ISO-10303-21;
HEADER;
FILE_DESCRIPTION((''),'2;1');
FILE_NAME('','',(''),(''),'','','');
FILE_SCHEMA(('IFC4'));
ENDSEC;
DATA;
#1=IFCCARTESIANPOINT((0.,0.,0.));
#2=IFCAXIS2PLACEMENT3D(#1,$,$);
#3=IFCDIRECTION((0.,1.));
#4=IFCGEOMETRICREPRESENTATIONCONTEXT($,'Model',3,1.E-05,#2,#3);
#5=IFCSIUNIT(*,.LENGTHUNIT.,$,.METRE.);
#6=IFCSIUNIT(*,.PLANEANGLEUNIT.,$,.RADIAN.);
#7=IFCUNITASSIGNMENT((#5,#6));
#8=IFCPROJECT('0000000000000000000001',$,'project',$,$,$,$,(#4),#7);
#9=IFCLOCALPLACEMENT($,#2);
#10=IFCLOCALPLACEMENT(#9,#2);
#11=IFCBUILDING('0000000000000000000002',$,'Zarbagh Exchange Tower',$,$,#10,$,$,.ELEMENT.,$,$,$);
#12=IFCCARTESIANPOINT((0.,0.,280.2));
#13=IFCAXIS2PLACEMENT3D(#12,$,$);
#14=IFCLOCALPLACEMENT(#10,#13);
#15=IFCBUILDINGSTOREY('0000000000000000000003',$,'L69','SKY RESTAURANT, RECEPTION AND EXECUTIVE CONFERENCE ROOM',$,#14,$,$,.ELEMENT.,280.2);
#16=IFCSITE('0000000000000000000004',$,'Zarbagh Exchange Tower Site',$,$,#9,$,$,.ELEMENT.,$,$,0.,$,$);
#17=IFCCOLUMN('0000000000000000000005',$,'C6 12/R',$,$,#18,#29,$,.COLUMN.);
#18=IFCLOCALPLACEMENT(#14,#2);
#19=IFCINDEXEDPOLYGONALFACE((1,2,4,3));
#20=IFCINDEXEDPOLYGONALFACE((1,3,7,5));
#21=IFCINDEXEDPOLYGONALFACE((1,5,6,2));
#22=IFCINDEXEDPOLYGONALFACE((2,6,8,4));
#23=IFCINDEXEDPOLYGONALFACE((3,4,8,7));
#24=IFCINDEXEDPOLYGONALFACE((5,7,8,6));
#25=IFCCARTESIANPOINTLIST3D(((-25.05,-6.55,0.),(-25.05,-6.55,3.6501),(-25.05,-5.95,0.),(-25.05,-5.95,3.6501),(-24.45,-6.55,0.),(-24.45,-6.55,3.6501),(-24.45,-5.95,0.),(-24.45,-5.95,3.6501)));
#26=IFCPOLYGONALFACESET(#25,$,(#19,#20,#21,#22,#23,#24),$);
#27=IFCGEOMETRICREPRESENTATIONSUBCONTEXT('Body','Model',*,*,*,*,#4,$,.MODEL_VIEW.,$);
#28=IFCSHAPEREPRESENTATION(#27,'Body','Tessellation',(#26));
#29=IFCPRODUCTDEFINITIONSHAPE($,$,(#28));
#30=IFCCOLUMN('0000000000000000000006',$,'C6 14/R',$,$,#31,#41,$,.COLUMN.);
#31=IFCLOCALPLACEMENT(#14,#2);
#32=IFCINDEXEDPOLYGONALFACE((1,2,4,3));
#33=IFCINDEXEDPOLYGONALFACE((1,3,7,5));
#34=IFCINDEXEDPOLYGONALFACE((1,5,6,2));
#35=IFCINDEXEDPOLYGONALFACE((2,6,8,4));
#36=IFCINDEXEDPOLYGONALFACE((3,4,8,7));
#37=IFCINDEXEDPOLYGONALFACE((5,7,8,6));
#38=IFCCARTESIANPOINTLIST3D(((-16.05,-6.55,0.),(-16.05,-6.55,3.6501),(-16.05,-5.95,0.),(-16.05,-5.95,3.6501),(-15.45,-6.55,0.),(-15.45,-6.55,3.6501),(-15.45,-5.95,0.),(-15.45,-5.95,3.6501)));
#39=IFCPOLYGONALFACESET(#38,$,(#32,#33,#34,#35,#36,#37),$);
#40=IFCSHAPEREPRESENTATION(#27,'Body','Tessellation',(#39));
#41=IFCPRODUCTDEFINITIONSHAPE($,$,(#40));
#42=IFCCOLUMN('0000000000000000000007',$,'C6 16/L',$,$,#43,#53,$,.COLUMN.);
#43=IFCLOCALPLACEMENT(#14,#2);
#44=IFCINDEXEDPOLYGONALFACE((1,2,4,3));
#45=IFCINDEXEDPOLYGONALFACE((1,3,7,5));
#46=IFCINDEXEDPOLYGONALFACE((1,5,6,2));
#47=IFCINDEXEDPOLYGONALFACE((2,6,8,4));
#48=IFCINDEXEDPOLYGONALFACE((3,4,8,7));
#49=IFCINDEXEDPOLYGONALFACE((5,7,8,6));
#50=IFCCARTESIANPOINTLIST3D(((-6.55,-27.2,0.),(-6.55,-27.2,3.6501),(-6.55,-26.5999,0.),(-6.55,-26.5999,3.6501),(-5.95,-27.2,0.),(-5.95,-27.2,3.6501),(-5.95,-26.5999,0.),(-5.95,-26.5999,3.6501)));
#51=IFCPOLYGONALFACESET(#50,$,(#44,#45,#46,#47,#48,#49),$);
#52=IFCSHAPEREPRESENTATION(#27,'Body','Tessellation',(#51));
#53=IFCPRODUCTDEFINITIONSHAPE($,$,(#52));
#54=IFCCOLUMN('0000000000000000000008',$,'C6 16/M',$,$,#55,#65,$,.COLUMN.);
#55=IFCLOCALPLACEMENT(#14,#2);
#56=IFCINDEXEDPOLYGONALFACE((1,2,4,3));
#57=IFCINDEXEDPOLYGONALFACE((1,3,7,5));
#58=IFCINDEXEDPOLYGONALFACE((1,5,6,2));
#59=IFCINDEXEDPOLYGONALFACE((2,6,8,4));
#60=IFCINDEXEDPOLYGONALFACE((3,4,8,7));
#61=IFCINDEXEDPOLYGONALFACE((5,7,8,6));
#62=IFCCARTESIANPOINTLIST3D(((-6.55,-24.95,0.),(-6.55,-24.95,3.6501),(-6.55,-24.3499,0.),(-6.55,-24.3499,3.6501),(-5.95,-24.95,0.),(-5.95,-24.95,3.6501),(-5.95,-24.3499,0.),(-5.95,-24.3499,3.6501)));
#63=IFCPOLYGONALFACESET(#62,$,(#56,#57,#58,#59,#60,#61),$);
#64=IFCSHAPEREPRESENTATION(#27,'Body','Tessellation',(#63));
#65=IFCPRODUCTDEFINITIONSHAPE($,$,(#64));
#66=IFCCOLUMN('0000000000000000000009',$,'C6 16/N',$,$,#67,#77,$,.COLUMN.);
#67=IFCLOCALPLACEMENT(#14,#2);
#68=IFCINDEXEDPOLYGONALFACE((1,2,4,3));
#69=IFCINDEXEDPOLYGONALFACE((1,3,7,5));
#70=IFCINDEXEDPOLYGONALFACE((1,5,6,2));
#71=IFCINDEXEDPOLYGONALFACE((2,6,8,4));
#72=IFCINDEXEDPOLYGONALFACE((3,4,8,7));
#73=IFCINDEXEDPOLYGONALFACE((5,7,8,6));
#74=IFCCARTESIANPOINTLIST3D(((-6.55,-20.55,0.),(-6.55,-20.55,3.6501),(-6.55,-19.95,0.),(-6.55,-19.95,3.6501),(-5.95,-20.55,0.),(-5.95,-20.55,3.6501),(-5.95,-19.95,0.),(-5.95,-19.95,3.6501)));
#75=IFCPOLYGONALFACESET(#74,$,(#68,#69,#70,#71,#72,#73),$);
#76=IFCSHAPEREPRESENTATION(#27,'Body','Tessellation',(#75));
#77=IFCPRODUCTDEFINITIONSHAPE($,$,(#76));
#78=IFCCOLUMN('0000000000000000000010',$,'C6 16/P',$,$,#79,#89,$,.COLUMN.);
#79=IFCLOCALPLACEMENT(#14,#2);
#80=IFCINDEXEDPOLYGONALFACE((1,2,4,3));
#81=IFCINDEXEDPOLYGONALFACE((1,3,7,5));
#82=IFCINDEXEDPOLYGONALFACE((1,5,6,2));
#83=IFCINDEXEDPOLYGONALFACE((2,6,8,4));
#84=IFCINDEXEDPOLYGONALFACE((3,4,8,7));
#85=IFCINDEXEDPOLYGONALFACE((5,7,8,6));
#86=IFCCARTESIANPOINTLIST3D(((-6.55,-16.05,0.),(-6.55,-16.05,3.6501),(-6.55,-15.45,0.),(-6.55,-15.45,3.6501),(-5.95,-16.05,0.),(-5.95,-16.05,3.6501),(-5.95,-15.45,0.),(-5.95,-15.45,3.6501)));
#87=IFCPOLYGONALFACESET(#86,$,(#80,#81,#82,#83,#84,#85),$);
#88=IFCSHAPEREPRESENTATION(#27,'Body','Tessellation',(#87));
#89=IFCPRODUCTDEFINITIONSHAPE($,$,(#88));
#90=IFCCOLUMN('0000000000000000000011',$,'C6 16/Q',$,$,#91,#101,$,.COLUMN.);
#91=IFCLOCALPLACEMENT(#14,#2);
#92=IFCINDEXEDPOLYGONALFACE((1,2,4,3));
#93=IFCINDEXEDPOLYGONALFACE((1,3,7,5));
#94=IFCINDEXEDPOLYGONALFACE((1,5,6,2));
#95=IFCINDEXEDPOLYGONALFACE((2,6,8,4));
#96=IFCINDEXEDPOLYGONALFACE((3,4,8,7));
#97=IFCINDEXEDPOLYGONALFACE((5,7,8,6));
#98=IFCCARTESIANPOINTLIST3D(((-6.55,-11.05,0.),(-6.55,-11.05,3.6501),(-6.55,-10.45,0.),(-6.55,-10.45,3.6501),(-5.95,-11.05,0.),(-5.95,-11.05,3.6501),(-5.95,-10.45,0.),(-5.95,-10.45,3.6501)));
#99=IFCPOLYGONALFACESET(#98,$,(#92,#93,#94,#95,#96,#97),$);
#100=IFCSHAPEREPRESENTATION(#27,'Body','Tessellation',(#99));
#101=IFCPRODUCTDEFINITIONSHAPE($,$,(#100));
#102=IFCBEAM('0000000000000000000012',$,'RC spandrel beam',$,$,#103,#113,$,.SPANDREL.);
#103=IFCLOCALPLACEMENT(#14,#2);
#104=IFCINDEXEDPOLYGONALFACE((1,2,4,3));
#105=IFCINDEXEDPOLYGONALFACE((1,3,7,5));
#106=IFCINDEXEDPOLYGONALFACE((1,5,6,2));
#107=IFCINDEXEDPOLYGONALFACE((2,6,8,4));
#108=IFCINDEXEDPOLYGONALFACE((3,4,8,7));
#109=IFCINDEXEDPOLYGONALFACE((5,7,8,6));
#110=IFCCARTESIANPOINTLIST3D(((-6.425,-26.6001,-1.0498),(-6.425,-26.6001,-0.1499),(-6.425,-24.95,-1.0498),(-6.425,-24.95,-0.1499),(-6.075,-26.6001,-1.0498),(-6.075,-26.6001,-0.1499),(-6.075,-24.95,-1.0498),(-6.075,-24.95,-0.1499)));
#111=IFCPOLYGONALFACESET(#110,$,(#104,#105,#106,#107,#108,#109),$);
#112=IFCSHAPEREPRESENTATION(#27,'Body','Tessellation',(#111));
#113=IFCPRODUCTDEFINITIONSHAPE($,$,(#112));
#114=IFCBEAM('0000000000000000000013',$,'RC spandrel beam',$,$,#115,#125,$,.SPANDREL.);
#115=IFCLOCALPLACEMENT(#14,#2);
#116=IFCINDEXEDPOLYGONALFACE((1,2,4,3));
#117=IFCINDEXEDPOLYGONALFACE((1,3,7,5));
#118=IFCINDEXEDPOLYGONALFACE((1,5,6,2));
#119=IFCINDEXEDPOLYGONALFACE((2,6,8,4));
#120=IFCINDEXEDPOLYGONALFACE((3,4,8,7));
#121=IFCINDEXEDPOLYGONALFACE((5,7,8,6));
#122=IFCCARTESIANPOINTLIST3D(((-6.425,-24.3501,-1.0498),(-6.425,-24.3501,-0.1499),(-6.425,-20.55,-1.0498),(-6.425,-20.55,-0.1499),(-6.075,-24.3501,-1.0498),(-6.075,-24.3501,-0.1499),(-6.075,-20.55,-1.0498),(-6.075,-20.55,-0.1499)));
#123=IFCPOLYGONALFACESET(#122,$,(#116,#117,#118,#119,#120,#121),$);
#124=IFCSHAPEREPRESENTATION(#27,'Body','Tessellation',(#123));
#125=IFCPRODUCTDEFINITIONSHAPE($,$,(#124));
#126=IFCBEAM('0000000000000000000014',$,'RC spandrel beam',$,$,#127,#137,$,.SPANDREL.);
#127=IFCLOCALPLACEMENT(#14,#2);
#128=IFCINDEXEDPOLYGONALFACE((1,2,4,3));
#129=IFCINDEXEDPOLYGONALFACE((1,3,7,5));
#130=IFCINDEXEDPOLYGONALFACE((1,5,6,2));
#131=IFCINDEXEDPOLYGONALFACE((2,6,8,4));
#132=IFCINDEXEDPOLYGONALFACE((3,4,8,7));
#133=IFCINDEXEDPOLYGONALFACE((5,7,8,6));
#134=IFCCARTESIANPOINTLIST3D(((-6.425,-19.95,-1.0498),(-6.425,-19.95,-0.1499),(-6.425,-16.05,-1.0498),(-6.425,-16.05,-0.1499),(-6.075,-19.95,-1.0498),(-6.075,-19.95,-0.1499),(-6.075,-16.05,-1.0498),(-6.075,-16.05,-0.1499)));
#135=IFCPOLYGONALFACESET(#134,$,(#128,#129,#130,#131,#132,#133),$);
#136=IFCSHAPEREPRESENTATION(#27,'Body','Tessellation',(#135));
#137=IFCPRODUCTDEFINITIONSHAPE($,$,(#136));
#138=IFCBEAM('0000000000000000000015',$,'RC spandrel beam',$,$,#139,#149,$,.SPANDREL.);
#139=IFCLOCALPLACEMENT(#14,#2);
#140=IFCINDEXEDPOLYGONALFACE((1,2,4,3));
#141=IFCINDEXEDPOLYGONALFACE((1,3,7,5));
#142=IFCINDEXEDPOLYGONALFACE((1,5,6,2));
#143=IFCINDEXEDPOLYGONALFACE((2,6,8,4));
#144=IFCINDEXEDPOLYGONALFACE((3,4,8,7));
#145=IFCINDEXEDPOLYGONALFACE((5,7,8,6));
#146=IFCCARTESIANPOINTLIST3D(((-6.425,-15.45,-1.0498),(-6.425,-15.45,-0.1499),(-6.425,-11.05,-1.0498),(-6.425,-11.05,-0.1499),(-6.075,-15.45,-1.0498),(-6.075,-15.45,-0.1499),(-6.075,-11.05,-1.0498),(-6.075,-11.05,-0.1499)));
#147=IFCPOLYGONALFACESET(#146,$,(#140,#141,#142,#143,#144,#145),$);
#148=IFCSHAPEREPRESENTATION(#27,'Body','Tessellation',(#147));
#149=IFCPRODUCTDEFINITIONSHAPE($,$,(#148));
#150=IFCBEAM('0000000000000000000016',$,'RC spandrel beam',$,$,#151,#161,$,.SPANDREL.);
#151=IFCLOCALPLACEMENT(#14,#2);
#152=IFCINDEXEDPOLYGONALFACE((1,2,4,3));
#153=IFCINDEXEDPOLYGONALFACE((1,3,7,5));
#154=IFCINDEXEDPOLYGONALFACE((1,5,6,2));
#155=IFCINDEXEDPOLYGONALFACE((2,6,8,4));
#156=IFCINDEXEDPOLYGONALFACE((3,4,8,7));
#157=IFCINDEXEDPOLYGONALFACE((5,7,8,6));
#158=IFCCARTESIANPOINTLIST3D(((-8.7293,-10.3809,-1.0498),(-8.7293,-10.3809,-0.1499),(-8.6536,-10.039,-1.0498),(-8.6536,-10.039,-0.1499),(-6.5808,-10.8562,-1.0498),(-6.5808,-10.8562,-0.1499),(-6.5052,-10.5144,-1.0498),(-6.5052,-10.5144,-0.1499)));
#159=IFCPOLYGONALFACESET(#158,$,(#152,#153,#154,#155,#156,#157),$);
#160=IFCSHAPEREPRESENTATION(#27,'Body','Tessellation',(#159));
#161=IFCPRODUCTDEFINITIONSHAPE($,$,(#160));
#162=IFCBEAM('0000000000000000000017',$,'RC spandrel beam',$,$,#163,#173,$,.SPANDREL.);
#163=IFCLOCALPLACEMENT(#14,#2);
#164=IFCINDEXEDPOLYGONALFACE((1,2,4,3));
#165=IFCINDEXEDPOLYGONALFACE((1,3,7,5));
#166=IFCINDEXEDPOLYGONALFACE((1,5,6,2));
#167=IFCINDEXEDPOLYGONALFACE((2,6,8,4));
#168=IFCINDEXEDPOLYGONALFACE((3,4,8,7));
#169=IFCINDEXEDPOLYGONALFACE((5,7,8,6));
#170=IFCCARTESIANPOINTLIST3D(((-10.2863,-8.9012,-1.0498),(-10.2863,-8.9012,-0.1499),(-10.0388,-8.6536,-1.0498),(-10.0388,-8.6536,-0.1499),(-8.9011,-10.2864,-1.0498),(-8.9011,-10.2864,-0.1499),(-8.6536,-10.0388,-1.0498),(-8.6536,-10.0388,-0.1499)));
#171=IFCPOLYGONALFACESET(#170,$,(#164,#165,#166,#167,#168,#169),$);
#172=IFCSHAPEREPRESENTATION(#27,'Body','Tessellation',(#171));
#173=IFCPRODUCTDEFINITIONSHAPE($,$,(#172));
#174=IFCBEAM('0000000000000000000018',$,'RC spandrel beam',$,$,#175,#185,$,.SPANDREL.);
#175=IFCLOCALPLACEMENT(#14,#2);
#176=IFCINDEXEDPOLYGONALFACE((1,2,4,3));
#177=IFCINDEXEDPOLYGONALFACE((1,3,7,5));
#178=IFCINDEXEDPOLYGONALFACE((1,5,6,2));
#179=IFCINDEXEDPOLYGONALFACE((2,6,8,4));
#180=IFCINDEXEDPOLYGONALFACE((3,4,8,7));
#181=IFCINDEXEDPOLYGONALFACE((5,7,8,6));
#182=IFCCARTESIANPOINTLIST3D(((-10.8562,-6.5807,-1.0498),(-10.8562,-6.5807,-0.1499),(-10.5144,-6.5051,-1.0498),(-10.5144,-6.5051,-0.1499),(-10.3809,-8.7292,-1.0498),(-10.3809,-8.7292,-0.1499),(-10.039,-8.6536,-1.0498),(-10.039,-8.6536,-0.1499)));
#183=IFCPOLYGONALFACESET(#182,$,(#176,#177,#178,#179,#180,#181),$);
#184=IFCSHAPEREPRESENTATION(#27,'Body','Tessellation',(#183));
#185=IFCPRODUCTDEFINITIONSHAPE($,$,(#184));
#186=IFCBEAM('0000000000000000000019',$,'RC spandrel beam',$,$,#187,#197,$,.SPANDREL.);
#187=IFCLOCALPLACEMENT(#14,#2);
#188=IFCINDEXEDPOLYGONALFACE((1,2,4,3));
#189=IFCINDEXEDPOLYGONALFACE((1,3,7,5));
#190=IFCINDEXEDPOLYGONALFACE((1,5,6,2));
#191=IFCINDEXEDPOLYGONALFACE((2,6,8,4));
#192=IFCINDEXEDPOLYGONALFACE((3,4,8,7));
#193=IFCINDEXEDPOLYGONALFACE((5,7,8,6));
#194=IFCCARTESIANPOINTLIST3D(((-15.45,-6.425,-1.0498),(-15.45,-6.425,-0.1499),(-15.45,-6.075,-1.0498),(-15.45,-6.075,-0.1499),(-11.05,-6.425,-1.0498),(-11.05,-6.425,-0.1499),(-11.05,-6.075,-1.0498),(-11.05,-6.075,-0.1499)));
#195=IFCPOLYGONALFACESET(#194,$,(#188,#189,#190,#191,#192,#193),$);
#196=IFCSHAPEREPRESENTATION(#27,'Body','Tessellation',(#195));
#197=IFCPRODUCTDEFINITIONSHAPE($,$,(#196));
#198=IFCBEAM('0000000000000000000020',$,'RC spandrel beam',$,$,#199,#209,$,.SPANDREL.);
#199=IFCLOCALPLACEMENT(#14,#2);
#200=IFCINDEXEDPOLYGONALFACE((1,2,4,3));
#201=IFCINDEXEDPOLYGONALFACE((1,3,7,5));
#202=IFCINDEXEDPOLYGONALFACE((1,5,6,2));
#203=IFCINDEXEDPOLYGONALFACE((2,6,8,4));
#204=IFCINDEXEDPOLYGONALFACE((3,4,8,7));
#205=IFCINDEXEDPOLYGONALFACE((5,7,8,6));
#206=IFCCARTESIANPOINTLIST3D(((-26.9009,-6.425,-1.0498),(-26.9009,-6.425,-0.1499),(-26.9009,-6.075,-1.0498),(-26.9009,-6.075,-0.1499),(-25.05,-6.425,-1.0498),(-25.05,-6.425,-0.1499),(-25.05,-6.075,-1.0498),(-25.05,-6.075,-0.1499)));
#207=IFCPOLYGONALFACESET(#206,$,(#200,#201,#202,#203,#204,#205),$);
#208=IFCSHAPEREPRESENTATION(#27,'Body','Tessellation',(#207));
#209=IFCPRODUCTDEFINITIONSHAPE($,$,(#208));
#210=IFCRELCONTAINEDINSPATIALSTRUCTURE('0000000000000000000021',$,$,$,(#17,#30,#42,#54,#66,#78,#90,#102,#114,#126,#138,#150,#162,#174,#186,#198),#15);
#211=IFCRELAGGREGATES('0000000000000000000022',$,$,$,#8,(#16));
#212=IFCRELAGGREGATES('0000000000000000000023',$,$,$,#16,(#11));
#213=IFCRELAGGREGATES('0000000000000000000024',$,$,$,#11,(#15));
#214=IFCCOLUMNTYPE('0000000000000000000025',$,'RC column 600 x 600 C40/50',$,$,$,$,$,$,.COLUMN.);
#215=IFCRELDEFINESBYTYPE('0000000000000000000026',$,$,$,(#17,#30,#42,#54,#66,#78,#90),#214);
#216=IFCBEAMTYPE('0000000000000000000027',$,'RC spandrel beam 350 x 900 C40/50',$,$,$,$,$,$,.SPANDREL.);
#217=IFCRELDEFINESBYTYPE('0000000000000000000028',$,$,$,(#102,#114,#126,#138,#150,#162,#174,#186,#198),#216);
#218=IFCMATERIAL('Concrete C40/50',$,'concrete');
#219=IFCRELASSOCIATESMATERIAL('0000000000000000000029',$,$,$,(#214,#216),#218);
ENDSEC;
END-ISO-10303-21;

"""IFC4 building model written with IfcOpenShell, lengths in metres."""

from ifc_helpers import new_model, si_unit, direction, frame, origin, origin_2d, place, context, subcontext, project, spatial, rectangle, extrude, material, material_profile, profile_set, type_object, element, save


model = new_model("IFC4")

# Units and contexts
model_context = context("Model", 3, precision=1e-05, world=origin(), true_north=direction((0.0, 1.0)))
body_context = subcontext(model_context, "Body", "Model", "MODEL_VIEW")
ifc_project = project(units=[si_unit("LENGTHUNIT", "METRE"), si_unit("PLANEANGLEUNIT", "RADIAN")], contexts=[model_context])

# Site, building, storey
site_placement = place(None, origin())
site = spatial("IfcSite", under=ifc_project, at=site_placement, Name="Zarbagh Exchange Tower Site", CompositionType="ELEMENT", RefElevation=0.0)
building_placement = place(site_placement, origin())
building = spatial("IfcBuilding", under=site, at=building_placement, Name="Zarbagh Exchange Tower", CompositionType="ELEMENT")
storey_placement = place(building_placement, frame((0.0, 0.0, 280.2)))
storey = spatial("IfcBuildingStorey", under=building, at=storey_placement, Name="L69", Description="SKY RESTAURANT, RECEPTION AND EXECUTIVE CONFERENCE ROOM", CompositionType="ELEMENT", Elevation=280.2)

# Columns
ifc_material_1 = material(Name="Concrete C40/50", Category="concrete")
ifc_material_profile_1 = material_profile(ifc_material_1, rectangle(XDim=0.6001, YDim=0.6001, at=origin_2d()), Name="RC column 600 x 600 C40/50")
ifc_profile_set_1 = profile_set([ifc_material_profile_1], Name="Concrete C40/50")
column_type = type_object("IfcColumnType", Name="RC column 600 x 600 C40/50", PredefinedType="COLUMN", material=ifc_profile_set_1)
for number, where, z_axis, x_axis, name in (
    (1, (-24.75, -6.25, 0.0), (0.0, 0.0, 1.0), (1.0, 0.0, 0.0), "C6 12/R"),
    (2, (-15.75, -6.25, 0.0), (0.0, 0.0, 1.0), (1.0, 0.0, 0.0), "C6 14/R"),
    (3, (-6.25, -26.8999, 0.0), (0.0, 0.0, 1.0), (1.0, 0.0, 0.0), "C6 16/L"),
    (4, (-6.25, -24.6499, 0.0), (0.0, 0.0, 1.0), (1.0, 0.0, 0.0), "C6 16/M"),
    (5, (-6.25, -20.25, 0.0), (0.0, 0.0, 1.0), (1.0, 0.0, 0.0), "C6 16/N"),
    (6, (-6.25, -15.75, 0.0), (0.0, 0.0, 1.0), (1.0, 0.0, 0.0), "C6 16/P"),
    (7, (-6.25, -10.75, 0.0), (0.0, 0.0, 1.0), (1.0, 0.0, 0.0), "C6 16/Q"),
):
    element("IfcColumn", number, at=place(storey_placement, frame(where, z_axis=z_axis, x_axis=x_axis)), inside=storey, type_object=column_type, Name=name, PredefinedType="COLUMN", context=body_context, shape_type="SweptSolid", body=[
        extrude(rectangle(XDim=0.6001, YDim=0.6001, at=origin_2d()), origin(), (0.0, 0.0, 1.0), 3.6501),
    ])

# Beams
ifc_material_profile_2 = material_profile(ifc_material_1, rectangle(XDim=0.3501, YDim=0.8999, at=origin_2d()), Name="RC spandrel beam 350 x 900 C40/50")
ifc_profile_set_2 = profile_set([ifc_material_profile_2], Name="Concrete C40/50")
beam_type = type_object("IfcBeamType", Name="RC spandrel beam 350 x 900 C40/50", PredefinedType="SPANDREL", material=ifc_profile_set_2)
beam_1_placement = place(storey_placement, frame((-6.25, -26.6001, -0.5999), z_axis=(0.0, 1.0, 0.0), x_axis=(-1.0, 0.0, 0.0)))
element("IfcBeam", 8, at=beam_1_placement, inside=storey, type_object=beam_type, Name="RC spandrel beam", PredefinedType="SPANDREL", context=body_context, shape_type="SweptSolid", body=[
    extrude(rectangle(XDim=0.3501, YDim=0.8999, at=origin_2d()), origin(), (0.0, 0.0, 1.0), 1.6501),
])
beam_2_placement = place(storey_placement, frame((-6.25, -24.3501, -0.5999), z_axis=(0.0, 1.0, 0.0), x_axis=(-1.0, 0.0, 0.0)))
element("IfcBeam", 9, at=beam_2_placement, inside=storey, type_object=beam_type, Name="RC spandrel beam", PredefinedType="SPANDREL", context=body_context, shape_type="SweptSolid", body=[
    extrude(rectangle(XDim=0.3501, YDim=0.8999, at=origin_2d()), origin(), (0.0, 0.0, 1.0), 3.8),
])
beam_3_placement = place(storey_placement, frame((-6.25, -19.95, -0.5999), z_axis=(0.0, 1.0, 0.0), x_axis=(-1.0, 0.0, 0.0)))
element("IfcBeam", 10, at=beam_3_placement, inside=storey, type_object=beam_type, Name="RC spandrel beam", PredefinedType="SPANDREL", context=body_context, shape_type="SweptSolid", body=[
    extrude(rectangle(XDim=0.3501, YDim=0.8999, at=origin_2d()), origin(), (0.0, 0.0, 1.0), 3.8999),
])
beam_4_placement = place(storey_placement, frame((-6.25, -15.45, -0.5999), z_axis=(0.0, 1.0, 0.0), x_axis=(-1.0, 0.0, 0.0)))
element("IfcBeam", 11, at=beam_4_placement, inside=storey, type_object=beam_type, Name="RC spandrel beam", PredefinedType="SPANDREL", context=body_context, shape_type="SweptSolid", body=[
    extrude(rectangle(XDim=0.3501, YDim=0.8999, at=origin_2d()), origin(), (0.0, 0.0, 1.0), 4.3999),
])
beam_5_placement = place(storey_placement, frame((-6.543, -10.6853, -0.5999), z_axis=(-0.976388, 0.216026, 0.0), x_axis=(-0.216026, -0.976388, 0.0)))
element("IfcBeam", 12, at=beam_5_placement, inside=storey, type_object=beam_type, Name="RC spandrel beam", PredefinedType="SPANDREL", context=body_context, shape_type="SweptSolid", body=[
    extrude(rectangle(XDim=0.3501, YDim=0.8999, at=origin_2d()), origin(), (0.0, 0.0, 1.0), 2.2004),
])
beam_6_placement = place(storey_placement, frame((-8.7773, -10.1626, -0.5999), z_axis=(-0.707107, 0.707107, 0.0), x_axis=(-0.707107, -0.707107, 0.0)))
element("IfcBeam", 13, at=beam_6_placement, inside=storey, type_object=beam_type, Name="RC spandrel beam", PredefinedType="SPANDREL", context=body_context, shape_type="SweptSolid", body=[
    extrude(rectangle(XDim=0.3501, YDim=0.8999, at=origin_2d()), origin(), (0.0, 0.0, 1.0), 1.959),
])
beam_7_placement = place(storey_placement, frame((-10.21, -8.6914, -0.5999), z_axis=(-0.216026, 0.976388, 0.0), x_axis=(-0.976388, -0.216026, 0.0)))
element("IfcBeam", 14, at=beam_7_placement, inside=storey, type_object=beam_type, Name="RC spandrel beam", PredefinedType="SPANDREL", context=body_context, shape_type="SweptSolid", body=[
    extrude(rectangle(XDim=0.3501, YDim=0.8999, at=origin_2d()), origin(), (0.0, 0.0, 1.0), 2.2004),
])
beam_8_placement = place(storey_placement, frame((-11.05, -6.25, -0.5999), z_axis=(-1.0, 0.0, 0.0), x_axis=(0.0, -1.0, 0.0)))
element("IfcBeam", 15, at=beam_8_placement, inside=storey, type_object=beam_type, Name="RC spandrel beam", PredefinedType="SPANDREL", context=body_context, shape_type="SweptSolid", body=[
    extrude(rectangle(XDim=0.3501, YDim=0.8999, at=origin_2d()), origin(), (0.0, 0.0, 1.0), 4.3999),
])
beam_9_placement = place(storey_placement, frame((-25.05, -6.25, -0.5999), z_axis=(-1.0, 0.0, 0.0), x_axis=(0.0, -1.0, 0.0)))
element("IfcBeam", 16, at=beam_9_placement, inside=storey, type_object=beam_type, Name="RC spandrel beam", PredefinedType="SPANDREL", context=body_context, shape_type="SweptSolid", body=[
    extrude(rectangle(XDim=0.3501, YDim=0.8999, at=origin_2d()), origin(), (0.0, 0.0, 1.0), 1.8508),
])

save(model, "model.ifc")
